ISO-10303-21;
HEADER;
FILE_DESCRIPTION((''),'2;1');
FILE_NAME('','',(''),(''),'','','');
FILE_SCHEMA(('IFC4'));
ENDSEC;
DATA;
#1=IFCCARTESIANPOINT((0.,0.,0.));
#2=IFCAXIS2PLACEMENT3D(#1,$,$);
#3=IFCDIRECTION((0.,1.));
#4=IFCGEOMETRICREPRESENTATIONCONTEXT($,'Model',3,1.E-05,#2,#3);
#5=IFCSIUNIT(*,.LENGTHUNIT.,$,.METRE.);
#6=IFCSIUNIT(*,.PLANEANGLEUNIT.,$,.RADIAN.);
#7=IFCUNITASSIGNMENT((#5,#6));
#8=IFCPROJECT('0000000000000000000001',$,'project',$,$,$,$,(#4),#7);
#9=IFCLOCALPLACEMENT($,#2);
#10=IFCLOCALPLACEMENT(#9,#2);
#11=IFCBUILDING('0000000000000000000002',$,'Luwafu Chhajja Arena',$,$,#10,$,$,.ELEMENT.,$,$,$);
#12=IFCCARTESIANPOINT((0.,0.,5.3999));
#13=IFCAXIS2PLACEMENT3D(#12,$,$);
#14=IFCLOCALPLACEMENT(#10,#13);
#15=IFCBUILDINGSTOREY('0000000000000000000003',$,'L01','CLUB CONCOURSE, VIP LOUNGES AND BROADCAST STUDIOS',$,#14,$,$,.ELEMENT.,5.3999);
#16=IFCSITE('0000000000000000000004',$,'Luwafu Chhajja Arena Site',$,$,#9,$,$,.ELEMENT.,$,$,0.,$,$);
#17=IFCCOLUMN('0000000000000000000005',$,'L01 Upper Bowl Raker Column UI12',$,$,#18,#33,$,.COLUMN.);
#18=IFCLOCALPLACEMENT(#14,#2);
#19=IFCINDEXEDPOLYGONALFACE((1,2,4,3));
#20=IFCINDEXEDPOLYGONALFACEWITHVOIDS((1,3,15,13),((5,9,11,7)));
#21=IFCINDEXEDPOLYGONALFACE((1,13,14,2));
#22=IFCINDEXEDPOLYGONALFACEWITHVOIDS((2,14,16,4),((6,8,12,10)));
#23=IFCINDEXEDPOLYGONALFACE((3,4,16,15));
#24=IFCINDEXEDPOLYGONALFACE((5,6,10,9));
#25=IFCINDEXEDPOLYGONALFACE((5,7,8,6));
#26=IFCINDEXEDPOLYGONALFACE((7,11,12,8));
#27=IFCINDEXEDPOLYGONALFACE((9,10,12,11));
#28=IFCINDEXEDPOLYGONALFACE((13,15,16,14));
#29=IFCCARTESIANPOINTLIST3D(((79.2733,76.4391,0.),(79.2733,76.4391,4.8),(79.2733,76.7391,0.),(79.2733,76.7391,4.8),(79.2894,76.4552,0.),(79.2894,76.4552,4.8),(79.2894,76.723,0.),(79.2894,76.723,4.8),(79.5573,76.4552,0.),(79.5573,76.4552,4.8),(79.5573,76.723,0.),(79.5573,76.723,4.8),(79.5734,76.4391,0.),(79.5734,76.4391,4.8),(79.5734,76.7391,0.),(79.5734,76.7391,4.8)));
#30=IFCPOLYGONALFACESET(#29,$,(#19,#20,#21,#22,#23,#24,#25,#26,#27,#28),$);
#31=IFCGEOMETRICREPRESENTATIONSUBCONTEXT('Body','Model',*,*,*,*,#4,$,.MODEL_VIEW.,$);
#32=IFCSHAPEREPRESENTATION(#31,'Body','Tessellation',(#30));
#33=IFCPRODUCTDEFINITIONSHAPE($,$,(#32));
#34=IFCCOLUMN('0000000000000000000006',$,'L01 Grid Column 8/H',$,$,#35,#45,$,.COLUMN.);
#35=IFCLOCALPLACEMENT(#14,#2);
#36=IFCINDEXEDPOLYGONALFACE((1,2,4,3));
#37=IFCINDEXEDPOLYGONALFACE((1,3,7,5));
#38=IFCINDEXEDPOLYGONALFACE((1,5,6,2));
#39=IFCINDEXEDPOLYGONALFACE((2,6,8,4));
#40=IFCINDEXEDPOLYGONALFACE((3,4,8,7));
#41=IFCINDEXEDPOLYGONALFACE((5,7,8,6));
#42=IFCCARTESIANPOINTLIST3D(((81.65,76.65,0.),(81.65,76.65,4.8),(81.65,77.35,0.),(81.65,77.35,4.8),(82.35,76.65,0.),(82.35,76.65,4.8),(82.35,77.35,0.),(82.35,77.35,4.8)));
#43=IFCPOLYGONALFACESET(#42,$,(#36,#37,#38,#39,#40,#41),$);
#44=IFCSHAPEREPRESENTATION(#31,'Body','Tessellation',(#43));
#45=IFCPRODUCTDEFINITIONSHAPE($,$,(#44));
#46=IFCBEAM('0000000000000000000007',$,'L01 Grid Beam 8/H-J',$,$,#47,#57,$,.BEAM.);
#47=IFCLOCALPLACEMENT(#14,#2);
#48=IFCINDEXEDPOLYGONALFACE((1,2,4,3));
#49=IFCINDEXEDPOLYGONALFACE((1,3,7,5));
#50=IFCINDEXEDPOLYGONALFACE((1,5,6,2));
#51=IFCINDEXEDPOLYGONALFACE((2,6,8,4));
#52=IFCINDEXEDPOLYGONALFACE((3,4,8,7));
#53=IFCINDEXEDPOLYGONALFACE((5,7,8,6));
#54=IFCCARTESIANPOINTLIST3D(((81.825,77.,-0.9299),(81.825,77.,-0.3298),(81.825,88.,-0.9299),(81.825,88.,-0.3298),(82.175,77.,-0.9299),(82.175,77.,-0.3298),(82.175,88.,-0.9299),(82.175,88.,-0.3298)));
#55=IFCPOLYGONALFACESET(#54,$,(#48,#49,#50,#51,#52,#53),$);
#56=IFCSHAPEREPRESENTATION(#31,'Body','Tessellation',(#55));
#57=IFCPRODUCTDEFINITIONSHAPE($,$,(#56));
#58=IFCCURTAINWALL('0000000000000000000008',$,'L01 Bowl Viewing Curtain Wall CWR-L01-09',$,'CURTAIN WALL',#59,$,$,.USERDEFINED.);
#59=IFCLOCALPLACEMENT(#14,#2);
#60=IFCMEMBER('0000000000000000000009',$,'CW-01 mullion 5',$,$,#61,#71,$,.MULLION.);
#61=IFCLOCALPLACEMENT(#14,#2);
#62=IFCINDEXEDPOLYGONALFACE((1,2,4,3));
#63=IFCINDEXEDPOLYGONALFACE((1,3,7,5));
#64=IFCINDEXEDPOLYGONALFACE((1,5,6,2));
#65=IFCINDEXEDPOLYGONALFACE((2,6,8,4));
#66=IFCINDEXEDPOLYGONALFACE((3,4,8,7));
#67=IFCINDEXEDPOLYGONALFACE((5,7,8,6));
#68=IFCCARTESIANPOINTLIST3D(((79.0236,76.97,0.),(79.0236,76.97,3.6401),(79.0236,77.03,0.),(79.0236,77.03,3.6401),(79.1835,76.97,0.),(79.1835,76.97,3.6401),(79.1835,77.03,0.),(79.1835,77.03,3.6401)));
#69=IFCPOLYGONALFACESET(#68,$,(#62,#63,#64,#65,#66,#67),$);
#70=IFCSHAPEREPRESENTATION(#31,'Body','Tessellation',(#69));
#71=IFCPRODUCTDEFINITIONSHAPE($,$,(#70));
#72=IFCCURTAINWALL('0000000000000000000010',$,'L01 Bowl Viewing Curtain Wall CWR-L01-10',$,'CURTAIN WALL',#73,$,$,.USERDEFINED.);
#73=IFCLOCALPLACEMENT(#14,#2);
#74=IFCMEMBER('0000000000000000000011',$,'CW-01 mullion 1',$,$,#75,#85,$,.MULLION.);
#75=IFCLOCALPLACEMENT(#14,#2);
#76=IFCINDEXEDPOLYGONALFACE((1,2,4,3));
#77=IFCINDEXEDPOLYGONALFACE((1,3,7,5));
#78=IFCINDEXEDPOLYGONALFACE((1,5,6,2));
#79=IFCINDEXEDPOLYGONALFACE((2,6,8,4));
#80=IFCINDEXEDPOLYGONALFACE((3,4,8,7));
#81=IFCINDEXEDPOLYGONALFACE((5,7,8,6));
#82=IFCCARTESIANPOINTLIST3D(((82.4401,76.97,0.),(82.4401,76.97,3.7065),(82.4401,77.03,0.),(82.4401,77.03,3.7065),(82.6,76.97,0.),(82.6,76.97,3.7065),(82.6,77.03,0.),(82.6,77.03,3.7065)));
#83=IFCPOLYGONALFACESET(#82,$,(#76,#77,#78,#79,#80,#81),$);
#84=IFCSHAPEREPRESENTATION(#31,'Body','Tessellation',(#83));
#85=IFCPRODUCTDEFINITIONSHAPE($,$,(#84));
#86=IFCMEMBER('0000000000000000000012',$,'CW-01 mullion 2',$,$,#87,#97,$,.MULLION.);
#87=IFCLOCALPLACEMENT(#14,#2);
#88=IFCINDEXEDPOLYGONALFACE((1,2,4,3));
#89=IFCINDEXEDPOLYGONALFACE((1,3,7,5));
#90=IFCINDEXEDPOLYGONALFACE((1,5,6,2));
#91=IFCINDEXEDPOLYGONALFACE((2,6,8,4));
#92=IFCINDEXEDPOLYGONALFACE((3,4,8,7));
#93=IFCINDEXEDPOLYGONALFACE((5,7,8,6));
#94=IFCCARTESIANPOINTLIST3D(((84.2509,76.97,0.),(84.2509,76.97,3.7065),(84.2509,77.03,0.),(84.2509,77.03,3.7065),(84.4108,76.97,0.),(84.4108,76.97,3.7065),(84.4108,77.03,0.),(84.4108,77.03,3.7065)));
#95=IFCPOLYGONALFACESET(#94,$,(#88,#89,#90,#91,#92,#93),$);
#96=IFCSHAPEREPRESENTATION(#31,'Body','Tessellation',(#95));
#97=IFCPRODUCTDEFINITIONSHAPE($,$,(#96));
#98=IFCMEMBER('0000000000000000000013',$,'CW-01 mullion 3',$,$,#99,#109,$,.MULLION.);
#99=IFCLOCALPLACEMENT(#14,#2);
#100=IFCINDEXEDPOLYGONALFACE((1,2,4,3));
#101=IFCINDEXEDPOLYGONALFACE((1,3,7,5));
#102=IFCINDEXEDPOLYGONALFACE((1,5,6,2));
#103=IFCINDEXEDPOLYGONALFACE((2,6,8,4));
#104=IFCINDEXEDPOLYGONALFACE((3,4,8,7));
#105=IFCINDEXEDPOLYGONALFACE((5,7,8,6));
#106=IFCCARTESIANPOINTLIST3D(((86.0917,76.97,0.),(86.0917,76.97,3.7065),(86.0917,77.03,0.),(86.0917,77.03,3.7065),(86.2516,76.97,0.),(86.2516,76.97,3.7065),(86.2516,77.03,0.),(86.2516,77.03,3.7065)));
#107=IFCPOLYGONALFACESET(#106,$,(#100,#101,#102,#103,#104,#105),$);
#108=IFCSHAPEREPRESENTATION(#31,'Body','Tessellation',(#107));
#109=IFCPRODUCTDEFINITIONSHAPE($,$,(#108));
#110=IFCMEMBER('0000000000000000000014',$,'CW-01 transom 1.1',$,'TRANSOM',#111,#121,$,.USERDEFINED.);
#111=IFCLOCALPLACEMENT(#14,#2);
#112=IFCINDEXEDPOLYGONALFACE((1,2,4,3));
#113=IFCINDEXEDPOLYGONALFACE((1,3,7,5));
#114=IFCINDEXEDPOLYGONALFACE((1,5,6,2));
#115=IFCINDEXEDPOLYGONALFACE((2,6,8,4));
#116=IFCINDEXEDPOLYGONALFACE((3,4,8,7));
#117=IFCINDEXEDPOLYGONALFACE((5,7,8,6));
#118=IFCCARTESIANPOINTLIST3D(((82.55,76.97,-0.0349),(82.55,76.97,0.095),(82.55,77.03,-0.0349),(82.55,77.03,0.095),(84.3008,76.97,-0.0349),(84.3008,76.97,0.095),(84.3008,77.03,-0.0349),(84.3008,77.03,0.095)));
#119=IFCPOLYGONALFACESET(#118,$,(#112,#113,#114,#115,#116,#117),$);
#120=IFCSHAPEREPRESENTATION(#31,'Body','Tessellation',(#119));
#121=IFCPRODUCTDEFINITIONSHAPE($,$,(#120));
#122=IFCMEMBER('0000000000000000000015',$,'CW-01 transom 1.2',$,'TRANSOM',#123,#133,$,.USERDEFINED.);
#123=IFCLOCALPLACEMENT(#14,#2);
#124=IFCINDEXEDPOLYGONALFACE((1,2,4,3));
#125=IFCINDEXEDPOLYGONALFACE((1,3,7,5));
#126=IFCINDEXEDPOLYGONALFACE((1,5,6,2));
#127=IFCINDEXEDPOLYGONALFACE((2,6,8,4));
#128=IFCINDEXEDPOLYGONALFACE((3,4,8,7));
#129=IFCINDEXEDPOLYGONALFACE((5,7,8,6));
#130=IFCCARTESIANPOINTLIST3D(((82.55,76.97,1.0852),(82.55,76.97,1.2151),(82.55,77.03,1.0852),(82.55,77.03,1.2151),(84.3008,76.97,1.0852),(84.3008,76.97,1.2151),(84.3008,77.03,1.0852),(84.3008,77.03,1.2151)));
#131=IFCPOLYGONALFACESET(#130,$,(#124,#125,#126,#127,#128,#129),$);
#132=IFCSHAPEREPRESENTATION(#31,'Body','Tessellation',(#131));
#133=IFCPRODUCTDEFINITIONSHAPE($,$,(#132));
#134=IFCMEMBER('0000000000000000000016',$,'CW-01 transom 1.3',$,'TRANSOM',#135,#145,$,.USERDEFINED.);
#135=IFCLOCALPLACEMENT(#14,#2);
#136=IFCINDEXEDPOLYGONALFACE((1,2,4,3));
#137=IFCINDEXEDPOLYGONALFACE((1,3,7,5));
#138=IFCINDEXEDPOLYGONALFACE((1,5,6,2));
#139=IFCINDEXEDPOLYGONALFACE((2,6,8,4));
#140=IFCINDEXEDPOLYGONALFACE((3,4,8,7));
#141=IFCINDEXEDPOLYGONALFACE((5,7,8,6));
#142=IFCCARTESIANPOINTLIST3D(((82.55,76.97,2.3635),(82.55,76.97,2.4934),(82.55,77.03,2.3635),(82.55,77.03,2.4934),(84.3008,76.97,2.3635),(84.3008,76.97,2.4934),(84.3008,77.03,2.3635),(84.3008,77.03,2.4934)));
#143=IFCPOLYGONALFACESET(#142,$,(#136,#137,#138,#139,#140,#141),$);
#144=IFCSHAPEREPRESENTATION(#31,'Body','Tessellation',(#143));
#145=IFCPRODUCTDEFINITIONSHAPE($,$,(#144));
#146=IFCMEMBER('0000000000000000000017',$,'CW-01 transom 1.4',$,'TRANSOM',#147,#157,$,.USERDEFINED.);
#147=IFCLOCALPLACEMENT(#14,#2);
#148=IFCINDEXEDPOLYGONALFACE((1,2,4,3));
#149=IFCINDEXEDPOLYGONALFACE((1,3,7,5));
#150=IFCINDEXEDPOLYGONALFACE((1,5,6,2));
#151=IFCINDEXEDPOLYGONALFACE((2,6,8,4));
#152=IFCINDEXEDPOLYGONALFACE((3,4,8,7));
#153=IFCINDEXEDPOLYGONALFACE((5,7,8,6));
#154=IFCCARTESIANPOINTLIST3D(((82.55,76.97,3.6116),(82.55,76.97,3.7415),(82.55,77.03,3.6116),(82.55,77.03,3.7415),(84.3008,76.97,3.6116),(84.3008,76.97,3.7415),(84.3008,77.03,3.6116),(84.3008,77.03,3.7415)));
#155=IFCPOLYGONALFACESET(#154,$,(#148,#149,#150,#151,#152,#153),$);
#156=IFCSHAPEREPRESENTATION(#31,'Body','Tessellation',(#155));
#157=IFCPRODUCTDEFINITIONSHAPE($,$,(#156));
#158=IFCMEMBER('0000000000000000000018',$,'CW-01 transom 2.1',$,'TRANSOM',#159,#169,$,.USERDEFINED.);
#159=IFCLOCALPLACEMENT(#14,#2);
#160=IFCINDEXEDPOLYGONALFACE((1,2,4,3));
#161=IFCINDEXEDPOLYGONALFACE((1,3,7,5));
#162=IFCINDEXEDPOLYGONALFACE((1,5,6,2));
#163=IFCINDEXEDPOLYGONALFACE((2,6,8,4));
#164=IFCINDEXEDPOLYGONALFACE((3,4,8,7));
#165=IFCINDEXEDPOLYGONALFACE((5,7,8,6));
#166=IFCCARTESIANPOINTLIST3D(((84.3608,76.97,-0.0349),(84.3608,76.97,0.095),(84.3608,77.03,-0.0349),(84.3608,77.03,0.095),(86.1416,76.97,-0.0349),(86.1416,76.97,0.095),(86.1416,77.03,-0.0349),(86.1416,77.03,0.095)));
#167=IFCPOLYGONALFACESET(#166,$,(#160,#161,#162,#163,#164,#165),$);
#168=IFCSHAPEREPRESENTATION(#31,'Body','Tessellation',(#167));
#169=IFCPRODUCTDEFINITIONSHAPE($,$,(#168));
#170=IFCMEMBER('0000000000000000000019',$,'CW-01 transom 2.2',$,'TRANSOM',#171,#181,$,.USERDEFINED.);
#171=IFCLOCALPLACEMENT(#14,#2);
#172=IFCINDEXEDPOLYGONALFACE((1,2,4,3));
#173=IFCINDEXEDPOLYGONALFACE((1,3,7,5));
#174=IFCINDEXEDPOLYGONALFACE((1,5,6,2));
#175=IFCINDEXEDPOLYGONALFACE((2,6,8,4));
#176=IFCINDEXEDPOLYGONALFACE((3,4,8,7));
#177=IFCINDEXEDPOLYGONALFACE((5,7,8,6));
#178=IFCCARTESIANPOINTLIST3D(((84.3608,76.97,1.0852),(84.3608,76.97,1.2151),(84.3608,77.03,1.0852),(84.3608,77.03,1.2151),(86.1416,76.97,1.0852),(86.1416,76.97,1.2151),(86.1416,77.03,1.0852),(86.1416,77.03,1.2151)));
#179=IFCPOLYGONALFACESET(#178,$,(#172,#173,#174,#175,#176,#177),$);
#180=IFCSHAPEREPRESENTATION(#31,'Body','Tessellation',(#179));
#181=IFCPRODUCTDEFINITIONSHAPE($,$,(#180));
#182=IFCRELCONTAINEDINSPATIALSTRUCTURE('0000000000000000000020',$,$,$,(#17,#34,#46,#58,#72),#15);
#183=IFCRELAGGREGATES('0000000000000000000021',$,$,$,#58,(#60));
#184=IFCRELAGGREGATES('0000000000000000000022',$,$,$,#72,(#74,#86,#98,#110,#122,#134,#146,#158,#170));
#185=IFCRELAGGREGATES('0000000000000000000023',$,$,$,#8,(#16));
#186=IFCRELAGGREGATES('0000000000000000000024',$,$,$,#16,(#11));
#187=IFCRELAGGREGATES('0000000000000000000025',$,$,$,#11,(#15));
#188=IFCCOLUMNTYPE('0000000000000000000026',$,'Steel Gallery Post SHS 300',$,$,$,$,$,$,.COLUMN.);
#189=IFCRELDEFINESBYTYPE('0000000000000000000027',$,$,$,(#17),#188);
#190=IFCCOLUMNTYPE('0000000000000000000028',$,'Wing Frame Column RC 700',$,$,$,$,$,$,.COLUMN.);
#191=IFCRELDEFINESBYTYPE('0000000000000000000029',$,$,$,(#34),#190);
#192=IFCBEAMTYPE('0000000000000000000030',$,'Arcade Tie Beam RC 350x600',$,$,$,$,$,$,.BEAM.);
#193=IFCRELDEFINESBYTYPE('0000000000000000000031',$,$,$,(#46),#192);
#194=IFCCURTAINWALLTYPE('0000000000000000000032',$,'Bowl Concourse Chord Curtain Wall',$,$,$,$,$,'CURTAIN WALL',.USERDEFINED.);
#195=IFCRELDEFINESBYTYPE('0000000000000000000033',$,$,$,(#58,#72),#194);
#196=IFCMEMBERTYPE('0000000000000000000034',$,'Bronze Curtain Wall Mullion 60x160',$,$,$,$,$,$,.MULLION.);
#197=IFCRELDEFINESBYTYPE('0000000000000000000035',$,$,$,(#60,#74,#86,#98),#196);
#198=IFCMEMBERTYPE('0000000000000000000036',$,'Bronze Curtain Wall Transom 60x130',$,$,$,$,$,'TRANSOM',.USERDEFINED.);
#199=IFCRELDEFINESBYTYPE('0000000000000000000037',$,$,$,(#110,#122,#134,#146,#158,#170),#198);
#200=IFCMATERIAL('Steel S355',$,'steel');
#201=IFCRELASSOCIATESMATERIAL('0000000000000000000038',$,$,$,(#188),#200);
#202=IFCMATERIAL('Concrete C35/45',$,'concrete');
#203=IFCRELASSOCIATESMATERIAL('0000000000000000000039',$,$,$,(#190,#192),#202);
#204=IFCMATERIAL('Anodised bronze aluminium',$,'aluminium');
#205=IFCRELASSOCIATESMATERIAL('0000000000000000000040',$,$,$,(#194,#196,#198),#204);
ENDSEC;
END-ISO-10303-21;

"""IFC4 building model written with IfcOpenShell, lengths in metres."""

from ifc_helpers import new_model, si_unit, direction, frame, origin, origin_2d, place, context, subcontext, project, spatial, rectangle, hollow_rectangle, extrude, material, material_profile, profile_set, type_object, element, aggregate, save


model = new_model("IFC4")

# Units and contexts
model_context = context("Model", 3, precision=1e-05, world=origin(), true_north=direction((0.0, 1.0)))
body_context = subcontext(model_context, "Body", "Model", "MODEL_VIEW")
ifc_project = project(units=[si_unit("LENGTHUNIT", "METRE"), si_unit("PLANEANGLEUNIT", "RADIAN")], contexts=[model_context])

# Site, building, storey
site_placement = place(None, origin())
site = spatial("IfcSite", under=ifc_project, at=site_placement, Name="Luwafu Chhajja Arena Site", CompositionType="ELEMENT", RefElevation=0.0)
building_placement = place(site_placement, origin())
building = spatial("IfcBuilding", under=site, at=building_placement, Name="Luwafu Chhajja Arena", CompositionType="ELEMENT")
storey_placement = place(building_placement, frame((0.0, 0.0, 5.3999)))
storey = spatial("IfcBuildingStorey", under=building, at=storey_placement, Name="L01", Description="CLUB CONCOURSE, VIP LOUNGES AND BROADCAST STUDIOS", CompositionType="ELEMENT", Elevation=5.3999)

# Columns
ifc_material_1 = material(Name="Steel S355", Category="steel")
ifc_material_profile_1 = material_profile(ifc_material_1, hollow_rectangle(XDim=0.3, YDim=0.3, WallThickness=0.0161, at=origin_2d()), Name="SHS 300x300x16")
ifc_profile_set_1 = profile_set([ifc_material_profile_1], Name="Steel S355")
column_type_1 = type_object("IfcColumnType", Name="Steel Gallery Post SHS 300", PredefinedType="COLUMN", material=ifc_profile_set_1)
column_1_placement = place(storey_placement, frame((79.4233, 76.5891, 0.0), z_axis=(0.0, 0.0, 1.0), x_axis=(1.0, 0.0, 0.0)))
element("IfcColumn", 1, at=column_1_placement, inside=storey, type_object=column_type_1, Name="L01 Upper Bowl Raker Column UI12", PredefinedType="COLUMN", context=body_context, shape_type="SweptSolid", body=[
    extrude(hollow_rectangle(XDim=0.3, YDim=0.3, WallThickness=0.0161, at=origin_2d()), origin(), (0.0, 0.0, 1.0), 4.8),
])
ifc_material_2 = material(Name="Concrete C35/45", Category="concrete")
ifc_material_profile_2 = material_profile(ifc_material_2, rectangle(XDim=0.7, YDim=0.7, at=origin_2d()), Name="RC 700x700")
ifc_profile_set_2 = profile_set([ifc_material_profile_2], Name="Concrete C35/45")
column_type_2 = type_object("IfcColumnType", Name="Wing Frame Column RC 700", PredefinedType="COLUMN", material=ifc_profile_set_2)
column_2_placement = place(storey_placement, frame((82.0, 77.0, 0.0), z_axis=(0.0, 0.0, 1.0), x_axis=(1.0, 0.0, 0.0)))
element("IfcColumn", 2, at=column_2_placement, inside=storey, type_object=column_type_2, Name="L01 Grid Column 8/H", PredefinedType="COLUMN", context=body_context, shape_type="SweptSolid", body=[
    extrude(rectangle(XDim=0.7, YDim=0.7, at=origin_2d()), origin(), (0.0, 0.0, 1.0), 4.8),
])

# Beam
ifc_material_profile_3 = material_profile(ifc_material_2, rectangle(XDim=0.3501, YDim=0.6001, at=origin_2d()), Name="RC 350x600")
ifc_profile_set_3 = profile_set([ifc_material_profile_3], Name="Concrete C35/45")
beam_type_1 = type_object("IfcBeamType", Name="Arcade Tie Beam RC 350x600", PredefinedType="BEAM", material=ifc_profile_set_3)
beam_1_placement = place(storey_placement, frame((82.0, 77.0, -0.6299), z_axis=(0.0, 1.0, 0.0), x_axis=(-1.0, 0.0, 0.0)))
element("IfcBeam", 3, at=beam_1_placement, inside=storey, type_object=beam_type_1, Name="L01 Grid Beam 8/H-J", PredefinedType="BEAM", context=body_context, shape_type="SweptSolid", body=[
    extrude(rectangle(XDim=0.3501, YDim=0.6001, at=origin_2d()), origin(), (0.0, 0.0, 1.0), 11.0),
])

# Curtain wall, member
ifc_material_3 = material(Name="Anodised bronze aluminium", Category="aluminium")
curtain_wall_type = type_object("IfcCurtainWallType", Name="Bowl Concourse Chord Curtain Wall", ElementType="CURTAIN WALL", PredefinedType="USERDEFINED", material=ifc_material_3)
curtain_wall_1_placement = place(storey_placement, origin())
curtain_wall_1 = element("IfcCurtainWall", 4, at=curtain_wall_1_placement, inside=storey, type_object=curtain_wall_type, Name="L01 Bowl Viewing Curtain Wall CWR-L01-09", ObjectType="CURTAIN WALL", PredefinedType="USERDEFINED")
ifc_material_profile_4 = material_profile(ifc_material_3, rectangle(XDim=0.0601, YDim=0.1599, at=origin_2d()), Name="CWM 60x160")
ifc_profile_set_4 = profile_set([ifc_material_profile_4], Name="Anodised bronze aluminium")
member_type_1 = type_object("IfcMemberType", Name="Bronze Curtain Wall Mullion 60x160", PredefinedType="MULLION", material=ifc_profile_set_4)
member_1_placement = place(storey_placement, frame((79.1035, 77.0, 0.0), z_axis=(0.0, 0.0, 1.0), x_axis=(0.0, 1.0, 0.0)))
member_1 = element("IfcMember", 5, at=member_1_placement, type_object=member_type_1, Name="CW-01 mullion 5", PredefinedType="MULLION", context=body_context, shape_type="SweptSolid", body=[
    extrude(rectangle(XDim=0.0601, YDim=0.1599, at=origin_2d()), origin(), (0.0, 0.0, 1.0), 3.6401),
])

# Curtain wall, members
curtain_wall_2_placement = place(storey_placement, origin())
curtain_wall_2 = element("IfcCurtainWall", 6, at=curtain_wall_2_placement, inside=storey, type_object=curtain_wall_type, Name="L01 Bowl Viewing Curtain Wall CWR-L01-10", ObjectType="CURTAIN WALL", PredefinedType="USERDEFINED")
member_2_placement = place(storey_placement, frame((82.52, 77.0, 0.0), z_axis=(0.0, 0.0, 1.0), x_axis=(0.0, 1.0, 0.0)))
member_2 = element("IfcMember", 7, at=member_2_placement, type_object=member_type_1, Name="CW-01 mullion 1", PredefinedType="MULLION", context=body_context, shape_type="SweptSolid", body=[
    extrude(rectangle(XDim=0.0601, YDim=0.1599, at=origin_2d()), origin(), (0.0, 0.0, 1.0), 3.7065),
])
member_3_placement = place(storey_placement, frame((84.3308, 77.0, 0.0), z_axis=(0.0, 0.0, 1.0), x_axis=(0.0, 1.0, 0.0)))
member_3 = element("IfcMember", 8, at=member_3_placement, type_object=member_type_1, Name="CW-01 mullion 2", PredefinedType="MULLION", context=body_context, shape_type="SweptSolid", body=[
    extrude(rectangle(XDim=0.0601, YDim=0.1599, at=origin_2d()), origin(), (0.0, 0.0, 1.0), 3.7065),
])
member_4_placement = place(storey_placement, frame((86.1716, 77.0, 0.0), z_axis=(0.0, 0.0, 1.0), x_axis=(0.0, 1.0, 0.0)))
member_4 = element("IfcMember", 9, at=member_4_placement, type_object=member_type_1, Name="CW-01 mullion 3", PredefinedType="MULLION", context=body_context, shape_type="SweptSolid", body=[
    extrude(rectangle(XDim=0.0601, YDim=0.1599, at=origin_2d()), origin(), (0.0, 0.0, 1.0), 3.7065),
])
ifc_material_profile_5 = material_profile(ifc_material_3, rectangle(XDim=0.0601, YDim=0.1299, at=origin_2d()), Name="CWT 60x130")
ifc_profile_set_5 = profile_set([ifc_material_profile_5], Name="Anodised bronze aluminium")
member_type_2 = type_object("IfcMemberType", Name="Bronze Curtain Wall Transom 60x130", ElementType="TRANSOM", PredefinedType="USERDEFINED", material=ifc_profile_set_5)
member_5_placement = place(storey_placement, frame((82.55, 77.0, 0.03), z_axis=(1.0, 0.0, 0.0), x_axis=(0.0, 1.0, 0.0)))
member_5 = element("IfcMember", 10, at=member_5_placement, type_object=member_type_2, Name="CW-01 transom 1.1", ObjectType="TRANSOM", PredefinedType="USERDEFINED", context=body_context, shape_type="SweptSolid", body=[
    extrude(rectangle(XDim=0.0601, YDim=0.1299, at=origin_2d()), origin(), (0.0, 0.0, 1.0), 1.7507),
])
member_6_placement = place(storey_placement, frame((82.55, 77.0, 1.1501), z_axis=(1.0, 0.0, 0.0), x_axis=(0.0, 1.0, 0.0)))
member_6 = element("IfcMember", 11, at=member_6_placement, type_object=member_type_2, Name="CW-01 transom 1.2", ObjectType="TRANSOM", PredefinedType="USERDEFINED", context=body_context, shape_type="SweptSolid", body=[
    extrude(rectangle(XDim=0.0601, YDim=0.1299, at=origin_2d()), origin(), (0.0, 0.0, 1.0), 1.7507),
])
member_7_placement = place(storey_placement, frame((82.55, 77.0, 2.4285), z_axis=(1.0, 0.0, 0.0), x_axis=(0.0, 1.0, 0.0)))
member_7 = element("IfcMember", 12, at=member_7_placement, type_object=member_type_2, Name="CW-01 transom 1.3", ObjectType="TRANSOM", PredefinedType="USERDEFINED", context=body_context, shape_type="SweptSolid", body=[
    extrude(rectangle(XDim=0.0601, YDim=0.1299, at=origin_2d()), origin(), (0.0, 0.0, 1.0), 1.7507),
])
member_8_placement = place(storey_placement, frame((82.55, 77.0, 3.6765), z_axis=(1.0, 0.0, 0.0), x_axis=(0.0, 1.0, 0.0)))
member_8 = element("IfcMember", 13, at=member_8_placement, type_object=member_type_2, Name="CW-01 transom 1.4", ObjectType="TRANSOM", PredefinedType="USERDEFINED", context=body_context, shape_type="SweptSolid", body=[
    extrude(rectangle(XDim=0.0601, YDim=0.1299, at=origin_2d()), origin(), (0.0, 0.0, 1.0), 1.7507),
])
member_9_placement = place(storey_placement, frame((84.3608, 77.0, 0.03), z_axis=(1.0, 0.0, 0.0), x_axis=(0.0, 1.0, 0.0)))
member_9 = element("IfcMember", 14, at=member_9_placement, type_object=member_type_2, Name="CW-01 transom 2.1", ObjectType="TRANSOM", PredefinedType="USERDEFINED", context=body_context, shape_type="SweptSolid", body=[
    extrude(rectangle(XDim=0.0601, YDim=0.1299, at=origin_2d()), origin(), (0.0, 0.0, 1.0), 1.7808),
])
member_10_placement = place(storey_placement, frame((84.3608, 77.0, 1.1501), z_axis=(1.0, 0.0, 0.0), x_axis=(0.0, 1.0, 0.0)))
member_10 = element("IfcMember", 15, at=member_10_placement, type_object=member_type_2, Name="CW-01 transom 2.2", ObjectType="TRANSOM", PredefinedType="USERDEFINED", context=body_context, shape_type="SweptSolid", body=[
    extrude(rectangle(XDim=0.0601, YDim=0.1299, at=origin_2d()), origin(), (0.0, 0.0, 1.0), 1.7808),
])

aggregate(curtain_wall_1, [member_1])
aggregate(curtain_wall_2, [member_2, member_3, member_4, member_5, member_6, member_7, member_8, member_9, member_10])

save(model, "model.ifc")
